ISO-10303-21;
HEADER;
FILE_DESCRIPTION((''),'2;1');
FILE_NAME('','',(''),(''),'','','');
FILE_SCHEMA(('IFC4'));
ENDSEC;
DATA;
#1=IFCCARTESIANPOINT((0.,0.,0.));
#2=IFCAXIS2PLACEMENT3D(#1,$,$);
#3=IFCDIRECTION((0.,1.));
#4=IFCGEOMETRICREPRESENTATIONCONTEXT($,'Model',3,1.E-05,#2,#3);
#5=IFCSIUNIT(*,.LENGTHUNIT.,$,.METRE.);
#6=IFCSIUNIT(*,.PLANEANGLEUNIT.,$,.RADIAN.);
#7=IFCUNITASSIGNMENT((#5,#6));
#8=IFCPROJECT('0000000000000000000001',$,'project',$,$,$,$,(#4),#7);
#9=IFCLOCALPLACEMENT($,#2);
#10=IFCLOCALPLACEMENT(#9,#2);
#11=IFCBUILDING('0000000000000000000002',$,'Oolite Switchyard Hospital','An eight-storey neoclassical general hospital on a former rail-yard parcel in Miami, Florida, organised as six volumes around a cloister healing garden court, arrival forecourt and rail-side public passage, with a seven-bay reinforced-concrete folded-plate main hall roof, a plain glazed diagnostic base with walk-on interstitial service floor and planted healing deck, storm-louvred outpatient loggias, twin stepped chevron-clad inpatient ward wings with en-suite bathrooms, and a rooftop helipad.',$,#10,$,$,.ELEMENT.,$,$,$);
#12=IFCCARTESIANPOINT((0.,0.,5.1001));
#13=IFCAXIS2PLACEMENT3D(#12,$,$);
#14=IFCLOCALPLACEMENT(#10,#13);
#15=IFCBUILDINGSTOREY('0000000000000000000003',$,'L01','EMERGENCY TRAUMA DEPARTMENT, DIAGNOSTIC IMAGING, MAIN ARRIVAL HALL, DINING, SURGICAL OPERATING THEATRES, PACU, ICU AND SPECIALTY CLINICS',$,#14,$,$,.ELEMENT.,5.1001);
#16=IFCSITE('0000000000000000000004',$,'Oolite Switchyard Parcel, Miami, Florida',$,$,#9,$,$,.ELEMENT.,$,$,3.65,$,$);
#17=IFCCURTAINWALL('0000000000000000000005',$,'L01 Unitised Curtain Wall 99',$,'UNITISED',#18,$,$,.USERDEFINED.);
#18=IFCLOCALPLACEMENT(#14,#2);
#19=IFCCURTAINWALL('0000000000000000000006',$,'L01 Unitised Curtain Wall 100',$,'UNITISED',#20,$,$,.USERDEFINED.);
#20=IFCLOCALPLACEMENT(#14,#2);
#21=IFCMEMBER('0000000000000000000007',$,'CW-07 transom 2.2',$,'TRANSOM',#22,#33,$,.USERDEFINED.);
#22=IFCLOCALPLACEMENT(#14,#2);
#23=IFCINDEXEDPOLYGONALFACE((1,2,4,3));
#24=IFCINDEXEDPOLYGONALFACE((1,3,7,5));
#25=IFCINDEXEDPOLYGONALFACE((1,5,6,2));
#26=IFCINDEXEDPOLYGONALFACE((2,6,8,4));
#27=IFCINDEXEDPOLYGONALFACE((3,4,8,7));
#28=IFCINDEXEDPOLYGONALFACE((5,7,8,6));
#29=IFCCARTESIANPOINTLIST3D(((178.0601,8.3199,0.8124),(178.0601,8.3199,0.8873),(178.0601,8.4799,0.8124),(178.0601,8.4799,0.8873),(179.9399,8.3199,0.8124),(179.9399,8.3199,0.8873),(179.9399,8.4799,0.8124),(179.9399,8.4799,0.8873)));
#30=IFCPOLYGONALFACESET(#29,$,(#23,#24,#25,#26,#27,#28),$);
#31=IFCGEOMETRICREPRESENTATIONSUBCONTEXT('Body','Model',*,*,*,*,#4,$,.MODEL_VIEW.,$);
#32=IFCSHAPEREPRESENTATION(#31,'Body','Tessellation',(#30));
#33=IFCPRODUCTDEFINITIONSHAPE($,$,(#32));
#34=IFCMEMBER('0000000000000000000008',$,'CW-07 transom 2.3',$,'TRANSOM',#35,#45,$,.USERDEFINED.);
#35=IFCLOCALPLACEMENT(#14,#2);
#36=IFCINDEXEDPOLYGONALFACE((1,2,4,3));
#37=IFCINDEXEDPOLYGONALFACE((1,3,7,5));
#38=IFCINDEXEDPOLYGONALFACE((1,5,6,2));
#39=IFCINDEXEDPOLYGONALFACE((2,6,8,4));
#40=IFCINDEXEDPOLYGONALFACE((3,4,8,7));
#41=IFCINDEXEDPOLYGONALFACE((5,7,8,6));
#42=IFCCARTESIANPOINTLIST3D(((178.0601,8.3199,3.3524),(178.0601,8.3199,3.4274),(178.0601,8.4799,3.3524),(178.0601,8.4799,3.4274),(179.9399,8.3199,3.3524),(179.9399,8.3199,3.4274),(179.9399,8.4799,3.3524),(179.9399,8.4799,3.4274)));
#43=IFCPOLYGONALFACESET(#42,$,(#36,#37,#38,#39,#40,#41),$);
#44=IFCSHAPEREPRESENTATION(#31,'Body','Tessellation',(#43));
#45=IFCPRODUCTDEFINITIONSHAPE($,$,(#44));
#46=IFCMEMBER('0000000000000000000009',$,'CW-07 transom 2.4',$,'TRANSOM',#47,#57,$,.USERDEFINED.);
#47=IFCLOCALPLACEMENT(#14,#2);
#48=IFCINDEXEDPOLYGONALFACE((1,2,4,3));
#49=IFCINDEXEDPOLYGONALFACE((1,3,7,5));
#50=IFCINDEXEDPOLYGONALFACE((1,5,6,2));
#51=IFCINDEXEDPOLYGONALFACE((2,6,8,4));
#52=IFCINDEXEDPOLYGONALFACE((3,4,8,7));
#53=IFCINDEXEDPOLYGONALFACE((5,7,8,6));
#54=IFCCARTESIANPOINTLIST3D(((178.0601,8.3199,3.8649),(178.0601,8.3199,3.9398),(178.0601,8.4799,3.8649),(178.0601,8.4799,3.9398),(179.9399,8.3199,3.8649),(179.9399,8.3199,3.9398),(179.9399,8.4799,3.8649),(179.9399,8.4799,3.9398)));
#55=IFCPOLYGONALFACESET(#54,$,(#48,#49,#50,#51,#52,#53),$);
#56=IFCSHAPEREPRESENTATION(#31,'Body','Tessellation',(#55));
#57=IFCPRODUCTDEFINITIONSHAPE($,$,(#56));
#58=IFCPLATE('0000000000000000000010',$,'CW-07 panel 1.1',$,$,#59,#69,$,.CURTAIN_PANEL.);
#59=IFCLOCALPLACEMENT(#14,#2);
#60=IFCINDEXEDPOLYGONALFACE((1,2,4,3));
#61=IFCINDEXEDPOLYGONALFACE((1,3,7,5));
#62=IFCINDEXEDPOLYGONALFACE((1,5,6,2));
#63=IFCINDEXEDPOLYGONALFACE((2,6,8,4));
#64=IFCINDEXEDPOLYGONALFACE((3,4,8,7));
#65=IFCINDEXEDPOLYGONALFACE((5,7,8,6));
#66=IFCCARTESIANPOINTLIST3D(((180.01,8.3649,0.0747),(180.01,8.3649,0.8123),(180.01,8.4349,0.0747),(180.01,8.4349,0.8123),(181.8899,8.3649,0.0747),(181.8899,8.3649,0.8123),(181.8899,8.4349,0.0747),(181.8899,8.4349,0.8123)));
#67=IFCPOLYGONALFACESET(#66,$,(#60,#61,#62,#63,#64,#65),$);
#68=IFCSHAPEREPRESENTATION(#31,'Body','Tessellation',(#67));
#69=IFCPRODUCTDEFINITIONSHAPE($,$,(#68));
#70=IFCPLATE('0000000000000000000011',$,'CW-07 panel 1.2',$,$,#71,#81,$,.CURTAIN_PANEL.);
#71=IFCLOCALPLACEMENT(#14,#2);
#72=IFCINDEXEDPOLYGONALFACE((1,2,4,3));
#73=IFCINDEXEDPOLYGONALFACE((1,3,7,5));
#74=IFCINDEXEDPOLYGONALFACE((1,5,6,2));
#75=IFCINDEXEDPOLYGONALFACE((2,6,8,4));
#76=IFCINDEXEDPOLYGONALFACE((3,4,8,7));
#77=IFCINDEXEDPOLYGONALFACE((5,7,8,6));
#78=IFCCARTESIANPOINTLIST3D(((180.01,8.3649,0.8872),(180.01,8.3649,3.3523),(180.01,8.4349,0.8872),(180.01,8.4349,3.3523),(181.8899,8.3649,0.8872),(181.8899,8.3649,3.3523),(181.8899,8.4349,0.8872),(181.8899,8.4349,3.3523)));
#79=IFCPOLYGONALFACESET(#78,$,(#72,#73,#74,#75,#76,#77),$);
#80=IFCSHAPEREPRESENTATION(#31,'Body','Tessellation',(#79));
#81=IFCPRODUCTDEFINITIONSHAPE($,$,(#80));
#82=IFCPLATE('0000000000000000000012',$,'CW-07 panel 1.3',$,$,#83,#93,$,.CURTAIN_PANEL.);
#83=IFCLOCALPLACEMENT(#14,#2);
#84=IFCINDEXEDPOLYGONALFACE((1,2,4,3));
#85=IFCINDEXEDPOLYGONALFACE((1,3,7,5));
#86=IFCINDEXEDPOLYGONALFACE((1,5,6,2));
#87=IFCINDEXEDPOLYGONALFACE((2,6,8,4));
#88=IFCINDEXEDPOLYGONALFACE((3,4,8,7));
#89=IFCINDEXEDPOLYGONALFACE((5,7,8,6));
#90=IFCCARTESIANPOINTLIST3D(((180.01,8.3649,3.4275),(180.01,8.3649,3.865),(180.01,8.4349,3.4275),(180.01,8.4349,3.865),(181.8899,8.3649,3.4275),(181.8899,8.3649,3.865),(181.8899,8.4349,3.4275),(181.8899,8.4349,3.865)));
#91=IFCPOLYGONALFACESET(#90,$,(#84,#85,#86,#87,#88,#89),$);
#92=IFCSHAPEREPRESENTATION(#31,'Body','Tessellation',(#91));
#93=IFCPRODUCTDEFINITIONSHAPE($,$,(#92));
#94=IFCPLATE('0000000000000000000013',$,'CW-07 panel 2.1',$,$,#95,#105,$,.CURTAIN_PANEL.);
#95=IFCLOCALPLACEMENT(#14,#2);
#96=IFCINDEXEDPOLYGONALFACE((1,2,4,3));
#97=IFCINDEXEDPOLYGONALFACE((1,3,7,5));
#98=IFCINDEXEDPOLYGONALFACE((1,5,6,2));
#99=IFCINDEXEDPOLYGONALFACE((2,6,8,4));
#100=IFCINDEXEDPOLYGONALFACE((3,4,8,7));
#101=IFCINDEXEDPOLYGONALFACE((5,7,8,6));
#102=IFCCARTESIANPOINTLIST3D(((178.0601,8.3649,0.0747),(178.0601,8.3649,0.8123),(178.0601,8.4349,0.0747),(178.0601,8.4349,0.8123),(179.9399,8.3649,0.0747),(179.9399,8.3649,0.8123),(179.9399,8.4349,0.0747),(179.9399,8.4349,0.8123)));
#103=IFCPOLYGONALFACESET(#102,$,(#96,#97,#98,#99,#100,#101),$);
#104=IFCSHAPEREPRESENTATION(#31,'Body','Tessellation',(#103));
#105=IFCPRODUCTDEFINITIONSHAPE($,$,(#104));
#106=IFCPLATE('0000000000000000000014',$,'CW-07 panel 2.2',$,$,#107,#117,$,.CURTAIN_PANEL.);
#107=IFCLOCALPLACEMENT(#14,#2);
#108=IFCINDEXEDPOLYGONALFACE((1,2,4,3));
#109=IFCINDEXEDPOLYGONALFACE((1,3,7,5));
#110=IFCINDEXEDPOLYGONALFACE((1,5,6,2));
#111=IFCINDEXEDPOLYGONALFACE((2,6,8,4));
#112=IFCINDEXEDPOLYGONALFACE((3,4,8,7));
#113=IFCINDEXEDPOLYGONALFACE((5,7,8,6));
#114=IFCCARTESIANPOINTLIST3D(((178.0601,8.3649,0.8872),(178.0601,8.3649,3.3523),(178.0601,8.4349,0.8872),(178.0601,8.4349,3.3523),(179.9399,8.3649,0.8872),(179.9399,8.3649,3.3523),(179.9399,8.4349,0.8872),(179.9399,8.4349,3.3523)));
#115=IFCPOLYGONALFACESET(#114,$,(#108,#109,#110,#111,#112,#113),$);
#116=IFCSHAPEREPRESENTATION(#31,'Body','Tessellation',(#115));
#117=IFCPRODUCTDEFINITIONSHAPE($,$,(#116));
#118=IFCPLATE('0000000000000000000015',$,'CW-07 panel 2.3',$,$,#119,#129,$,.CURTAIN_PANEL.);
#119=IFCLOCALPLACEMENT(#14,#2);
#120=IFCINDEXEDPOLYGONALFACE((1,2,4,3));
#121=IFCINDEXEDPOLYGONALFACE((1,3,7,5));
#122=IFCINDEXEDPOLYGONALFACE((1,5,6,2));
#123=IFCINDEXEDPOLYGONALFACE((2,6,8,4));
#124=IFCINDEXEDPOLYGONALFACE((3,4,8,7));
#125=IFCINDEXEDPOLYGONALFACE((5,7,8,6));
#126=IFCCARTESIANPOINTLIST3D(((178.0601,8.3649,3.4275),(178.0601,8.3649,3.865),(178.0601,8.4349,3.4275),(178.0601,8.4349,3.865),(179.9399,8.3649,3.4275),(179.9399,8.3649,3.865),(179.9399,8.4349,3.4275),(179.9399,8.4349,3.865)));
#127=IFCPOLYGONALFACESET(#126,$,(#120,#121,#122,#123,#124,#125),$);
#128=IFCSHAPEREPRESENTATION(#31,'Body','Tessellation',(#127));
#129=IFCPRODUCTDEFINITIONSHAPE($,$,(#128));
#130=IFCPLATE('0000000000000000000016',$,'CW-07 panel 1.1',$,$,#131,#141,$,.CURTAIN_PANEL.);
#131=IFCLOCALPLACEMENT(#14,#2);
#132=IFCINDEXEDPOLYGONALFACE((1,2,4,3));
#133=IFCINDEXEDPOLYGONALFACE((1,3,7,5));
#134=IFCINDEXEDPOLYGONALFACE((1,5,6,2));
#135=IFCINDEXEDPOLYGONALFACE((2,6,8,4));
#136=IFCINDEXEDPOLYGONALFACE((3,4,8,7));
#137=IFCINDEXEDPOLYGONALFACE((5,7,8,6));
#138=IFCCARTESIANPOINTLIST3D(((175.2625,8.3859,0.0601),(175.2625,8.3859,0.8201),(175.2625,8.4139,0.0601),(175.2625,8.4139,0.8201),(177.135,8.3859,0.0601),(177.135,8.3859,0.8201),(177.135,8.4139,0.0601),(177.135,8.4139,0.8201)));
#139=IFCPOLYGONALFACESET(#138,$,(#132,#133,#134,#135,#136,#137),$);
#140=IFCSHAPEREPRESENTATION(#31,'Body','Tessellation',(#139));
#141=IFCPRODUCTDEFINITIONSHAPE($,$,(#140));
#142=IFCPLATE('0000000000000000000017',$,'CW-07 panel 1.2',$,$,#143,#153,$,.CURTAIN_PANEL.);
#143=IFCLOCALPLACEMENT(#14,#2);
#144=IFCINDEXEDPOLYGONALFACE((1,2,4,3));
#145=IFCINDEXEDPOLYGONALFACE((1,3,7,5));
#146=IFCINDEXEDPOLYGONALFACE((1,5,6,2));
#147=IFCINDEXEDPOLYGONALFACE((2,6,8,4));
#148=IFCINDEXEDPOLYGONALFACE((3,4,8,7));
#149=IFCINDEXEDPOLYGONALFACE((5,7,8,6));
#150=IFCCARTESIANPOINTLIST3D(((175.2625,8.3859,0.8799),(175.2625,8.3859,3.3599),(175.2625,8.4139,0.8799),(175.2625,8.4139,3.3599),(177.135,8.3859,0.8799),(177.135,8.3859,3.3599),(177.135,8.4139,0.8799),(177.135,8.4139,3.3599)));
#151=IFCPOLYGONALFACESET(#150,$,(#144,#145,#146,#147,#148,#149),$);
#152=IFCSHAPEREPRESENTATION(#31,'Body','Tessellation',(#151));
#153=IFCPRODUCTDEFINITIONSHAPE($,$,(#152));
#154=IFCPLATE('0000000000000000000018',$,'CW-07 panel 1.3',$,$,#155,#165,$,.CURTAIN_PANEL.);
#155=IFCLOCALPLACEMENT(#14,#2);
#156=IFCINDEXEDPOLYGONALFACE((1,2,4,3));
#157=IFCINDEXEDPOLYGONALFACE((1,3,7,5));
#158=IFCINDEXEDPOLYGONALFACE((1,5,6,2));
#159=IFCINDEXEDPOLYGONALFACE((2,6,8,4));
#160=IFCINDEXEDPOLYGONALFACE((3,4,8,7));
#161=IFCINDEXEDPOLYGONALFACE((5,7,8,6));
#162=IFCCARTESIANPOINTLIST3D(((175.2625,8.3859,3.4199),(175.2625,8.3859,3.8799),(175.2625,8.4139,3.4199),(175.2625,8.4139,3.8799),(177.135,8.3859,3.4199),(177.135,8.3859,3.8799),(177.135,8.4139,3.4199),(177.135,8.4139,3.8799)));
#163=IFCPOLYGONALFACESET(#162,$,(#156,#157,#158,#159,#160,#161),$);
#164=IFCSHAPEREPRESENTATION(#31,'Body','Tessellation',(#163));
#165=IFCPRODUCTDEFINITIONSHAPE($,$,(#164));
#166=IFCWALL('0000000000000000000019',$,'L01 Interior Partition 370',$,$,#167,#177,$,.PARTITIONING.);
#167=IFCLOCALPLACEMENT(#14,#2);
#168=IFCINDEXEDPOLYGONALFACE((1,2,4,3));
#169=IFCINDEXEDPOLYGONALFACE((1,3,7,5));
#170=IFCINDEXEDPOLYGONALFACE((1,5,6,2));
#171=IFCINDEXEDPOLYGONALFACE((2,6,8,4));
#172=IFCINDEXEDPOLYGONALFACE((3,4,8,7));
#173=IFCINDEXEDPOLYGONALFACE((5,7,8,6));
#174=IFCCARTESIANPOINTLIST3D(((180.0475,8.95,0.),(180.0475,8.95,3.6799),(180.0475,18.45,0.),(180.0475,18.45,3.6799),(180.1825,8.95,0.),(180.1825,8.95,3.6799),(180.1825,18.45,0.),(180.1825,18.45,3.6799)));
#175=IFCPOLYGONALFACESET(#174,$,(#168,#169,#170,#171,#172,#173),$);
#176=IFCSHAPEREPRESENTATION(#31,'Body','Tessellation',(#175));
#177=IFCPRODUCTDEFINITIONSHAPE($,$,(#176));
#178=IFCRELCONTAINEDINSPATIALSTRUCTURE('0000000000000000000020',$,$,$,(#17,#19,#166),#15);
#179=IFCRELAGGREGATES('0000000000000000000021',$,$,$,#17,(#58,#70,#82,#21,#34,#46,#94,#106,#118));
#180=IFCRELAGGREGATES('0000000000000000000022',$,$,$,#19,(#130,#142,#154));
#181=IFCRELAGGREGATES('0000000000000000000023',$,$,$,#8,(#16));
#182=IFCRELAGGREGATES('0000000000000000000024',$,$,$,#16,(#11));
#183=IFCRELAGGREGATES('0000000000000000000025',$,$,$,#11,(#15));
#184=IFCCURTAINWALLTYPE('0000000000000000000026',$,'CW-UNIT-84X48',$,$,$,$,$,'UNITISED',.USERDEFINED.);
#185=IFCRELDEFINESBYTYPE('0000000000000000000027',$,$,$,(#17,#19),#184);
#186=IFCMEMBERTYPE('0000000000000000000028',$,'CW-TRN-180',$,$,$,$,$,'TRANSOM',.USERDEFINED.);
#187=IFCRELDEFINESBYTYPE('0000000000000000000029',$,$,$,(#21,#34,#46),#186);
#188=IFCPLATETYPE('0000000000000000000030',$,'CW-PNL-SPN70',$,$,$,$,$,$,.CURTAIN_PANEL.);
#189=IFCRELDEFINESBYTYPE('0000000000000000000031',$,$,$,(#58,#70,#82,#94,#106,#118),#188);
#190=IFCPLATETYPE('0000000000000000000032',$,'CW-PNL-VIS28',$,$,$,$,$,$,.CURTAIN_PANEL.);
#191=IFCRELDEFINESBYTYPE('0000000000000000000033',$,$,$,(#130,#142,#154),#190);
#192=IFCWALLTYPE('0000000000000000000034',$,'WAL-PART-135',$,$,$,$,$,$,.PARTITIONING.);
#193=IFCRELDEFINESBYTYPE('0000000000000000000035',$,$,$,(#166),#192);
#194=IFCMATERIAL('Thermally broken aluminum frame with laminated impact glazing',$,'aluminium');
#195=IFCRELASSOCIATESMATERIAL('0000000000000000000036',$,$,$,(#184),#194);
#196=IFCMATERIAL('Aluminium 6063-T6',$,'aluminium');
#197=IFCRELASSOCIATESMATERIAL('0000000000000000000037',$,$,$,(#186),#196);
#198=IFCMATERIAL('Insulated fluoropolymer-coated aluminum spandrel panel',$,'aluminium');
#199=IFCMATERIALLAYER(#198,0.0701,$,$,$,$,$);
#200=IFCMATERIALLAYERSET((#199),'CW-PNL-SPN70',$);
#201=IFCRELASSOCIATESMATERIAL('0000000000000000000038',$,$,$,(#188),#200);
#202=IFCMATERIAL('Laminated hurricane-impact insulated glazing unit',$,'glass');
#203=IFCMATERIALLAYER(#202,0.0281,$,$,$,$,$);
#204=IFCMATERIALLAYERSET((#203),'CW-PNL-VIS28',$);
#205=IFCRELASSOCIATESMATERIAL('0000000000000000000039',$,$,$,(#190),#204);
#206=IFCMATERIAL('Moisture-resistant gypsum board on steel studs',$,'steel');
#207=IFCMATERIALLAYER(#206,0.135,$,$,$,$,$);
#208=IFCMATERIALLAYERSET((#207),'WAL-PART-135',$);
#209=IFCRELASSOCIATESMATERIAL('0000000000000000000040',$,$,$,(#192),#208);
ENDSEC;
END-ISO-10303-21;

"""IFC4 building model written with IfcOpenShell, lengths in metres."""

from ifc_helpers import new_model, si_unit, direction, frame, frame_2d, origin, origin_2d, place, context, subcontext, project, spatial, rectangle, extrude, material, layer, layer_set, material_profile, profile_set, type_object, element, aggregate, save


model = new_model("IFC4")

# Units and contexts
model_context = context("Model", 3, precision=1e-05, world=origin(), true_north=direction((0.0, 1.0)))
body_context = subcontext(model_context, "Body", "Model", "MODEL_VIEW")
ifc_project = project(units=[si_unit("LENGTHUNIT", "METRE"), si_unit("PLANEANGLEUNIT", "RADIAN")], contexts=[model_context])

# Site, building, storey
site_placement = place(None, origin())
site = spatial("IfcSite", under=ifc_project, at=site_placement, Name="Oolite Switchyard Parcel, Miami, Florida", CompositionType="ELEMENT", RefElevation=3.65)
building_placement = place(site_placement, origin())
building = spatial("IfcBuilding", under=site, at=building_placement, Name="Oolite Switchyard Hospital", Description="An eight-storey neoclassical general hospital on a former rail-yard parcel in Miami, Florida, organised as six volumes around a cloister healing garden court, arrival forecourt and rail-side public passage, with a seven-bay reinforced-concrete folded-plate main hall roof, a plain glazed diagnostic base with walk-on interstitial service floor and planted healing deck, storm-louvred outpatient loggias, twin stepped chevron-clad inpatient ward wings with en-suite bathrooms, and a rooftop helipad.", CompositionType="ELEMENT")
storey_placement = place(building_placement, frame((0.0, 0.0, 5.1001)))
storey = spatial("IfcBuildingStorey", under=building, at=storey_placement, Name="L01", Description="EMERGENCY TRAUMA DEPARTMENT, DIAGNOSTIC IMAGING, MAIN ARRIVAL HALL, DINING, SURGICAL OPERATING THEATRES, PACU, ICU AND SPECIALTY CLINICS", CompositionType="ELEMENT", Elevation=5.1001)

# Curtain walls
ifc_material_1 = material(Name="Thermally broken aluminum frame with laminated impact glazing", Category="aluminium")
curtain_wall_type = type_object("IfcCurtainWallType", Name="CW-UNIT-84X48", ElementType="UNITISED", PredefinedType="USERDEFINED", material=ifc_material_1)
curtain_wall_1_placement = place(storey_placement, origin())
curtain_wall_1 = element("IfcCurtainWall", 1, at=curtain_wall_1_placement, inside=storey, type_object=curtain_wall_type, Name="L01 Unitised Curtain Wall 99", ObjectType="UNITISED", PredefinedType="USERDEFINED")
ifc_material_2 = material(Name="Aluminium 6063-T6", Category="aluminium")
curtain_wall_2_placement = place(storey_placement, origin())
curtain_wall_2 = element("IfcCurtainWall", 2, at=curtain_wall_2_placement, inside=storey, type_object=curtain_wall_type, Name="L01 Unitised Curtain Wall 100", ObjectType="UNITISED", PredefinedType="USERDEFINED")

# Members
ifc_material_profile_1 = material_profile(ifc_material_2, rectangle(XDim=0.1599, YDim=0.075, at=origin_2d()), Name="CWT75X160")
ifc_profile_set_1 = profile_set([ifc_material_profile_1], Name="Aluminium 6063-T6")
member_type_1 = type_object("IfcMemberType", Name="CW-TRN-180", ElementType="TRANSOM", PredefinedType="USERDEFINED", material=ifc_profile_set_1)
member_1_placement = place(storey_placement, frame((179.9399, 8.3999, 0.8499), z_axis=(-1.0, 0.0, 0.0), x_axis=(0.0, -1.0, 0.0)))
member_1 = element("IfcMember", 3, at=member_1_placement, type_object=member_type_1, Name="CW-07 transom 2.2", ObjectType="TRANSOM", PredefinedType="USERDEFINED", context=body_context, shape_type="SweptSolid", body=[
    extrude(rectangle(XDim=0.1599, YDim=0.075, at=origin_2d()), origin(), (0.0, 0.0, 1.0), 1.8799),
])
member_2_placement = place(storey_placement, frame((179.9399, 8.3999, 3.3899), z_axis=(-1.0, 0.0, 0.0), x_axis=(0.0, -1.0, 0.0)))
member_2 = element("IfcMember", 4, at=member_2_placement, type_object=member_type_1, Name="CW-07 transom 2.3", ObjectType="TRANSOM", PredefinedType="USERDEFINED", context=body_context, shape_type="SweptSolid", body=[
    extrude(rectangle(XDim=0.1599, YDim=0.075, at=origin_2d()), origin(), (0.0, 0.0, 1.0), 1.8799),
])
member_3_placement = place(storey_placement, frame((179.9399, 8.3999, 3.9023), z_axis=(-1.0, 0.0, 0.0), x_axis=(0.0, -1.0, 0.0)))
member_3 = element("IfcMember", 5, at=member_3_placement, type_object=member_type_1, Name="CW-07 transom 2.4", ObjectType="TRANSOM", PredefinedType="USERDEFINED", context=body_context, shape_type="SweptSolid", body=[
    extrude(rectangle(XDim=0.1599, YDim=0.075, at=origin_2d()), origin(), (0.0, 0.0, 1.0), 1.8799),
])

# Plates
ifc_material_3 = material(Name="Insulated fluoropolymer-coated aluminum spandrel panel", Category="aluminium")
ifc_layer_1 = layer(ifc_material_3, 0.0701)
ifc_layer_set_1 = layer_set([ifc_layer_1], Name="CW-PNL-SPN70")
plate_type_1 = type_object("IfcPlateType", Name="CW-PNL-SPN70", PredefinedType="CURTAIN_PANEL", material=ifc_layer_set_1)
plate_1_placement = place(storey_placement, frame((180.95, 8.3999, 0.0747), z_axis=(0.0, 0.0, 1.0), x_axis=(-1.0, 0.0, 0.0)))
plate_1 = element("IfcPlate", 6, at=plate_1_placement, type_object=plate_type_1, Name="CW-07 panel 1.1", PredefinedType="CURTAIN_PANEL", context=body_context, shape_type="SweptSolid", body=[
    extrude(rectangle(XDim=1.8799, YDim=0.0701, at=origin_2d()), origin(), (0.0, 0.0, 1.0), 0.7375),
])
plate_2_placement = place(storey_placement, frame((180.95, 8.3999, 0.8872), z_axis=(0.0, 0.0, 1.0), x_axis=(-1.0, 0.0, 0.0)))
plate_2 = element("IfcPlate", 7, at=plate_2_placement, type_object=plate_type_1, Name="CW-07 panel 1.2", PredefinedType="CURTAIN_PANEL", context=body_context, shape_type="SweptSolid", body=[
    extrude(rectangle(XDim=1.8799, YDim=0.0701, at=origin_2d()), origin(), (0.0, 0.0, 1.0), 2.4651),
])
plate_3_placement = place(storey_placement, frame((180.95, 8.3999, 3.4275), z_axis=(0.0, 0.0, 1.0), x_axis=(-1.0, 0.0, 0.0)))
plate_3 = element("IfcPlate", 8, at=plate_3_placement, type_object=plate_type_1, Name="CW-07 panel 1.3", PredefinedType="CURTAIN_PANEL", context=body_context, shape_type="SweptSolid", body=[
    extrude(rectangle(XDim=1.8799, YDim=0.0701, at=origin_2d()), origin(), (0.0, 0.0, 1.0), 0.4375),
])
plate_4_placement = place(storey_placement, frame((179.0, 8.3999, 0.0747), z_axis=(0.0, 0.0, 1.0), x_axis=(-1.0, 0.0, 0.0)))
plate_4 = element("IfcPlate", 9, at=plate_4_placement, type_object=plate_type_1, Name="CW-07 panel 2.1", PredefinedType="CURTAIN_PANEL", context=body_context, shape_type="SweptSolid", body=[
    extrude(rectangle(XDim=1.8799, YDim=0.0701, at=origin_2d()), origin(), (0.0, 0.0, 1.0), 0.7375),
])
plate_5_placement = place(storey_placement, frame((179.0, 8.3999, 0.8872), z_axis=(0.0, 0.0, 1.0), x_axis=(-1.0, 0.0, 0.0)))
plate_5 = element("IfcPlate", 10, at=plate_5_placement, type_object=plate_type_1, Name="CW-07 panel 2.2", PredefinedType="CURTAIN_PANEL", context=body_context, shape_type="SweptSolid", body=[
    extrude(rectangle(XDim=1.8799, YDim=0.0701, at=origin_2d()), origin(), (0.0, 0.0, 1.0), 2.4651),
])
plate_6_placement = place(storey_placement, frame((179.0, 8.3999, 3.4275), z_axis=(0.0, 0.0, 1.0), x_axis=(-1.0, 0.0, 0.0)))
plate_6 = element("IfcPlate", 11, at=plate_6_placement, type_object=plate_type_1, Name="CW-07 panel 2.3", PredefinedType="CURTAIN_PANEL", context=body_context, shape_type="SweptSolid", body=[
    extrude(rectangle(XDim=1.8799, YDim=0.0701, at=origin_2d()), origin(), (0.0, 0.0, 1.0), 0.4375),
])
aggregate(curtain_wall_1, [plate_1, plate_2, plate_3, member_1, member_2, member_3, plate_4, plate_5, plate_6])
ifc_material_4 = material(Name="Laminated hurricane-impact insulated glazing unit", Category="glass")
ifc_layer_2 = layer(ifc_material_4, 0.0281)
ifc_layer_set_2 = layer_set([ifc_layer_2], Name="CW-PNL-VIS28")
plate_type_2 = type_object("IfcPlateType", Name="CW-PNL-VIS28", PredefinedType="CURTAIN_PANEL", material=ifc_layer_set_2)
plate_7_placement = place(storey_placement, frame((176.1987, 8.3999, 0.0601), z_axis=(0.0, 0.0, 1.0), x_axis=(-1.0, 0.0, 0.0)))
plate_7 = element("IfcPlate", 12, at=plate_7_placement, type_object=plate_type_2, Name="CW-07 panel 1.1", PredefinedType="CURTAIN_PANEL", context=body_context, shape_type="SweptSolid", body=[
    extrude(rectangle(XDim=1.8726, YDim=0.0281, at=origin_2d()), origin(), (0.0, 0.0, 1.0), 0.76),
])
plate_8_placement = place(storey_placement, frame((176.1987, 8.3999, 0.8799), z_axis=(0.0, 0.0, 1.0), x_axis=(-1.0, 0.0, 0.0)))
plate_8 = element("IfcPlate", 13, at=plate_8_placement, type_object=plate_type_2, Name="CW-07 panel 1.2", PredefinedType="CURTAIN_PANEL", context=body_context, shape_type="SweptSolid", body=[
    extrude(rectangle(XDim=1.8726, YDim=0.0281, at=origin_2d()), origin(), (0.0, 0.0, 1.0), 2.48),
])
plate_9_placement = place(storey_placement, frame((176.1987, 8.3999, 3.4199), z_axis=(0.0, 0.0, 1.0), x_axis=(-1.0, 0.0, 0.0)))
plate_9 = element("IfcPlate", 14, at=plate_9_placement, type_object=plate_type_2, Name="CW-07 panel 1.3", PredefinedType="CURTAIN_PANEL", context=body_context, shape_type="SweptSolid", body=[
    extrude(rectangle(XDim=1.8726, YDim=0.0281, at=origin_2d()), origin(), (0.0, 0.0, 1.0), 0.46),
])
aggregate(curtain_wall_2, [plate_7, plate_8, plate_9])

# Wall
ifc_material_5 = material(Name="Moisture-resistant gypsum board on steel studs", Category="steel")
ifc_layer_3 = layer(ifc_material_5, 0.135)
ifc_layer_set_3 = layer_set([ifc_layer_3], Name="WAL-PART-135")
wall_type = type_object("IfcWallType", Name="WAL-PART-135", PredefinedType="PARTITIONING", material=ifc_layer_set_3)
wall_placement = place(storey_placement, frame((180.115, 8.95, 0.0), z_axis=(0.0, 0.0, 1.0), x_axis=(0.0, 1.0, 0.0)))
element("IfcWall", 15, at=wall_placement, inside=storey, type_object=wall_type, Name="L01 Interior Partition 370", PredefinedType="PARTITIONING", context=body_context, shape_type="SweptSolid", body=[
    extrude(rectangle(XDim=9.5, YDim=0.135, at=frame_2d((4.75, 0.0))), origin(), (0.0, 0.0, 1.0), 3.6799),
])

save(model, "model.ifc")
